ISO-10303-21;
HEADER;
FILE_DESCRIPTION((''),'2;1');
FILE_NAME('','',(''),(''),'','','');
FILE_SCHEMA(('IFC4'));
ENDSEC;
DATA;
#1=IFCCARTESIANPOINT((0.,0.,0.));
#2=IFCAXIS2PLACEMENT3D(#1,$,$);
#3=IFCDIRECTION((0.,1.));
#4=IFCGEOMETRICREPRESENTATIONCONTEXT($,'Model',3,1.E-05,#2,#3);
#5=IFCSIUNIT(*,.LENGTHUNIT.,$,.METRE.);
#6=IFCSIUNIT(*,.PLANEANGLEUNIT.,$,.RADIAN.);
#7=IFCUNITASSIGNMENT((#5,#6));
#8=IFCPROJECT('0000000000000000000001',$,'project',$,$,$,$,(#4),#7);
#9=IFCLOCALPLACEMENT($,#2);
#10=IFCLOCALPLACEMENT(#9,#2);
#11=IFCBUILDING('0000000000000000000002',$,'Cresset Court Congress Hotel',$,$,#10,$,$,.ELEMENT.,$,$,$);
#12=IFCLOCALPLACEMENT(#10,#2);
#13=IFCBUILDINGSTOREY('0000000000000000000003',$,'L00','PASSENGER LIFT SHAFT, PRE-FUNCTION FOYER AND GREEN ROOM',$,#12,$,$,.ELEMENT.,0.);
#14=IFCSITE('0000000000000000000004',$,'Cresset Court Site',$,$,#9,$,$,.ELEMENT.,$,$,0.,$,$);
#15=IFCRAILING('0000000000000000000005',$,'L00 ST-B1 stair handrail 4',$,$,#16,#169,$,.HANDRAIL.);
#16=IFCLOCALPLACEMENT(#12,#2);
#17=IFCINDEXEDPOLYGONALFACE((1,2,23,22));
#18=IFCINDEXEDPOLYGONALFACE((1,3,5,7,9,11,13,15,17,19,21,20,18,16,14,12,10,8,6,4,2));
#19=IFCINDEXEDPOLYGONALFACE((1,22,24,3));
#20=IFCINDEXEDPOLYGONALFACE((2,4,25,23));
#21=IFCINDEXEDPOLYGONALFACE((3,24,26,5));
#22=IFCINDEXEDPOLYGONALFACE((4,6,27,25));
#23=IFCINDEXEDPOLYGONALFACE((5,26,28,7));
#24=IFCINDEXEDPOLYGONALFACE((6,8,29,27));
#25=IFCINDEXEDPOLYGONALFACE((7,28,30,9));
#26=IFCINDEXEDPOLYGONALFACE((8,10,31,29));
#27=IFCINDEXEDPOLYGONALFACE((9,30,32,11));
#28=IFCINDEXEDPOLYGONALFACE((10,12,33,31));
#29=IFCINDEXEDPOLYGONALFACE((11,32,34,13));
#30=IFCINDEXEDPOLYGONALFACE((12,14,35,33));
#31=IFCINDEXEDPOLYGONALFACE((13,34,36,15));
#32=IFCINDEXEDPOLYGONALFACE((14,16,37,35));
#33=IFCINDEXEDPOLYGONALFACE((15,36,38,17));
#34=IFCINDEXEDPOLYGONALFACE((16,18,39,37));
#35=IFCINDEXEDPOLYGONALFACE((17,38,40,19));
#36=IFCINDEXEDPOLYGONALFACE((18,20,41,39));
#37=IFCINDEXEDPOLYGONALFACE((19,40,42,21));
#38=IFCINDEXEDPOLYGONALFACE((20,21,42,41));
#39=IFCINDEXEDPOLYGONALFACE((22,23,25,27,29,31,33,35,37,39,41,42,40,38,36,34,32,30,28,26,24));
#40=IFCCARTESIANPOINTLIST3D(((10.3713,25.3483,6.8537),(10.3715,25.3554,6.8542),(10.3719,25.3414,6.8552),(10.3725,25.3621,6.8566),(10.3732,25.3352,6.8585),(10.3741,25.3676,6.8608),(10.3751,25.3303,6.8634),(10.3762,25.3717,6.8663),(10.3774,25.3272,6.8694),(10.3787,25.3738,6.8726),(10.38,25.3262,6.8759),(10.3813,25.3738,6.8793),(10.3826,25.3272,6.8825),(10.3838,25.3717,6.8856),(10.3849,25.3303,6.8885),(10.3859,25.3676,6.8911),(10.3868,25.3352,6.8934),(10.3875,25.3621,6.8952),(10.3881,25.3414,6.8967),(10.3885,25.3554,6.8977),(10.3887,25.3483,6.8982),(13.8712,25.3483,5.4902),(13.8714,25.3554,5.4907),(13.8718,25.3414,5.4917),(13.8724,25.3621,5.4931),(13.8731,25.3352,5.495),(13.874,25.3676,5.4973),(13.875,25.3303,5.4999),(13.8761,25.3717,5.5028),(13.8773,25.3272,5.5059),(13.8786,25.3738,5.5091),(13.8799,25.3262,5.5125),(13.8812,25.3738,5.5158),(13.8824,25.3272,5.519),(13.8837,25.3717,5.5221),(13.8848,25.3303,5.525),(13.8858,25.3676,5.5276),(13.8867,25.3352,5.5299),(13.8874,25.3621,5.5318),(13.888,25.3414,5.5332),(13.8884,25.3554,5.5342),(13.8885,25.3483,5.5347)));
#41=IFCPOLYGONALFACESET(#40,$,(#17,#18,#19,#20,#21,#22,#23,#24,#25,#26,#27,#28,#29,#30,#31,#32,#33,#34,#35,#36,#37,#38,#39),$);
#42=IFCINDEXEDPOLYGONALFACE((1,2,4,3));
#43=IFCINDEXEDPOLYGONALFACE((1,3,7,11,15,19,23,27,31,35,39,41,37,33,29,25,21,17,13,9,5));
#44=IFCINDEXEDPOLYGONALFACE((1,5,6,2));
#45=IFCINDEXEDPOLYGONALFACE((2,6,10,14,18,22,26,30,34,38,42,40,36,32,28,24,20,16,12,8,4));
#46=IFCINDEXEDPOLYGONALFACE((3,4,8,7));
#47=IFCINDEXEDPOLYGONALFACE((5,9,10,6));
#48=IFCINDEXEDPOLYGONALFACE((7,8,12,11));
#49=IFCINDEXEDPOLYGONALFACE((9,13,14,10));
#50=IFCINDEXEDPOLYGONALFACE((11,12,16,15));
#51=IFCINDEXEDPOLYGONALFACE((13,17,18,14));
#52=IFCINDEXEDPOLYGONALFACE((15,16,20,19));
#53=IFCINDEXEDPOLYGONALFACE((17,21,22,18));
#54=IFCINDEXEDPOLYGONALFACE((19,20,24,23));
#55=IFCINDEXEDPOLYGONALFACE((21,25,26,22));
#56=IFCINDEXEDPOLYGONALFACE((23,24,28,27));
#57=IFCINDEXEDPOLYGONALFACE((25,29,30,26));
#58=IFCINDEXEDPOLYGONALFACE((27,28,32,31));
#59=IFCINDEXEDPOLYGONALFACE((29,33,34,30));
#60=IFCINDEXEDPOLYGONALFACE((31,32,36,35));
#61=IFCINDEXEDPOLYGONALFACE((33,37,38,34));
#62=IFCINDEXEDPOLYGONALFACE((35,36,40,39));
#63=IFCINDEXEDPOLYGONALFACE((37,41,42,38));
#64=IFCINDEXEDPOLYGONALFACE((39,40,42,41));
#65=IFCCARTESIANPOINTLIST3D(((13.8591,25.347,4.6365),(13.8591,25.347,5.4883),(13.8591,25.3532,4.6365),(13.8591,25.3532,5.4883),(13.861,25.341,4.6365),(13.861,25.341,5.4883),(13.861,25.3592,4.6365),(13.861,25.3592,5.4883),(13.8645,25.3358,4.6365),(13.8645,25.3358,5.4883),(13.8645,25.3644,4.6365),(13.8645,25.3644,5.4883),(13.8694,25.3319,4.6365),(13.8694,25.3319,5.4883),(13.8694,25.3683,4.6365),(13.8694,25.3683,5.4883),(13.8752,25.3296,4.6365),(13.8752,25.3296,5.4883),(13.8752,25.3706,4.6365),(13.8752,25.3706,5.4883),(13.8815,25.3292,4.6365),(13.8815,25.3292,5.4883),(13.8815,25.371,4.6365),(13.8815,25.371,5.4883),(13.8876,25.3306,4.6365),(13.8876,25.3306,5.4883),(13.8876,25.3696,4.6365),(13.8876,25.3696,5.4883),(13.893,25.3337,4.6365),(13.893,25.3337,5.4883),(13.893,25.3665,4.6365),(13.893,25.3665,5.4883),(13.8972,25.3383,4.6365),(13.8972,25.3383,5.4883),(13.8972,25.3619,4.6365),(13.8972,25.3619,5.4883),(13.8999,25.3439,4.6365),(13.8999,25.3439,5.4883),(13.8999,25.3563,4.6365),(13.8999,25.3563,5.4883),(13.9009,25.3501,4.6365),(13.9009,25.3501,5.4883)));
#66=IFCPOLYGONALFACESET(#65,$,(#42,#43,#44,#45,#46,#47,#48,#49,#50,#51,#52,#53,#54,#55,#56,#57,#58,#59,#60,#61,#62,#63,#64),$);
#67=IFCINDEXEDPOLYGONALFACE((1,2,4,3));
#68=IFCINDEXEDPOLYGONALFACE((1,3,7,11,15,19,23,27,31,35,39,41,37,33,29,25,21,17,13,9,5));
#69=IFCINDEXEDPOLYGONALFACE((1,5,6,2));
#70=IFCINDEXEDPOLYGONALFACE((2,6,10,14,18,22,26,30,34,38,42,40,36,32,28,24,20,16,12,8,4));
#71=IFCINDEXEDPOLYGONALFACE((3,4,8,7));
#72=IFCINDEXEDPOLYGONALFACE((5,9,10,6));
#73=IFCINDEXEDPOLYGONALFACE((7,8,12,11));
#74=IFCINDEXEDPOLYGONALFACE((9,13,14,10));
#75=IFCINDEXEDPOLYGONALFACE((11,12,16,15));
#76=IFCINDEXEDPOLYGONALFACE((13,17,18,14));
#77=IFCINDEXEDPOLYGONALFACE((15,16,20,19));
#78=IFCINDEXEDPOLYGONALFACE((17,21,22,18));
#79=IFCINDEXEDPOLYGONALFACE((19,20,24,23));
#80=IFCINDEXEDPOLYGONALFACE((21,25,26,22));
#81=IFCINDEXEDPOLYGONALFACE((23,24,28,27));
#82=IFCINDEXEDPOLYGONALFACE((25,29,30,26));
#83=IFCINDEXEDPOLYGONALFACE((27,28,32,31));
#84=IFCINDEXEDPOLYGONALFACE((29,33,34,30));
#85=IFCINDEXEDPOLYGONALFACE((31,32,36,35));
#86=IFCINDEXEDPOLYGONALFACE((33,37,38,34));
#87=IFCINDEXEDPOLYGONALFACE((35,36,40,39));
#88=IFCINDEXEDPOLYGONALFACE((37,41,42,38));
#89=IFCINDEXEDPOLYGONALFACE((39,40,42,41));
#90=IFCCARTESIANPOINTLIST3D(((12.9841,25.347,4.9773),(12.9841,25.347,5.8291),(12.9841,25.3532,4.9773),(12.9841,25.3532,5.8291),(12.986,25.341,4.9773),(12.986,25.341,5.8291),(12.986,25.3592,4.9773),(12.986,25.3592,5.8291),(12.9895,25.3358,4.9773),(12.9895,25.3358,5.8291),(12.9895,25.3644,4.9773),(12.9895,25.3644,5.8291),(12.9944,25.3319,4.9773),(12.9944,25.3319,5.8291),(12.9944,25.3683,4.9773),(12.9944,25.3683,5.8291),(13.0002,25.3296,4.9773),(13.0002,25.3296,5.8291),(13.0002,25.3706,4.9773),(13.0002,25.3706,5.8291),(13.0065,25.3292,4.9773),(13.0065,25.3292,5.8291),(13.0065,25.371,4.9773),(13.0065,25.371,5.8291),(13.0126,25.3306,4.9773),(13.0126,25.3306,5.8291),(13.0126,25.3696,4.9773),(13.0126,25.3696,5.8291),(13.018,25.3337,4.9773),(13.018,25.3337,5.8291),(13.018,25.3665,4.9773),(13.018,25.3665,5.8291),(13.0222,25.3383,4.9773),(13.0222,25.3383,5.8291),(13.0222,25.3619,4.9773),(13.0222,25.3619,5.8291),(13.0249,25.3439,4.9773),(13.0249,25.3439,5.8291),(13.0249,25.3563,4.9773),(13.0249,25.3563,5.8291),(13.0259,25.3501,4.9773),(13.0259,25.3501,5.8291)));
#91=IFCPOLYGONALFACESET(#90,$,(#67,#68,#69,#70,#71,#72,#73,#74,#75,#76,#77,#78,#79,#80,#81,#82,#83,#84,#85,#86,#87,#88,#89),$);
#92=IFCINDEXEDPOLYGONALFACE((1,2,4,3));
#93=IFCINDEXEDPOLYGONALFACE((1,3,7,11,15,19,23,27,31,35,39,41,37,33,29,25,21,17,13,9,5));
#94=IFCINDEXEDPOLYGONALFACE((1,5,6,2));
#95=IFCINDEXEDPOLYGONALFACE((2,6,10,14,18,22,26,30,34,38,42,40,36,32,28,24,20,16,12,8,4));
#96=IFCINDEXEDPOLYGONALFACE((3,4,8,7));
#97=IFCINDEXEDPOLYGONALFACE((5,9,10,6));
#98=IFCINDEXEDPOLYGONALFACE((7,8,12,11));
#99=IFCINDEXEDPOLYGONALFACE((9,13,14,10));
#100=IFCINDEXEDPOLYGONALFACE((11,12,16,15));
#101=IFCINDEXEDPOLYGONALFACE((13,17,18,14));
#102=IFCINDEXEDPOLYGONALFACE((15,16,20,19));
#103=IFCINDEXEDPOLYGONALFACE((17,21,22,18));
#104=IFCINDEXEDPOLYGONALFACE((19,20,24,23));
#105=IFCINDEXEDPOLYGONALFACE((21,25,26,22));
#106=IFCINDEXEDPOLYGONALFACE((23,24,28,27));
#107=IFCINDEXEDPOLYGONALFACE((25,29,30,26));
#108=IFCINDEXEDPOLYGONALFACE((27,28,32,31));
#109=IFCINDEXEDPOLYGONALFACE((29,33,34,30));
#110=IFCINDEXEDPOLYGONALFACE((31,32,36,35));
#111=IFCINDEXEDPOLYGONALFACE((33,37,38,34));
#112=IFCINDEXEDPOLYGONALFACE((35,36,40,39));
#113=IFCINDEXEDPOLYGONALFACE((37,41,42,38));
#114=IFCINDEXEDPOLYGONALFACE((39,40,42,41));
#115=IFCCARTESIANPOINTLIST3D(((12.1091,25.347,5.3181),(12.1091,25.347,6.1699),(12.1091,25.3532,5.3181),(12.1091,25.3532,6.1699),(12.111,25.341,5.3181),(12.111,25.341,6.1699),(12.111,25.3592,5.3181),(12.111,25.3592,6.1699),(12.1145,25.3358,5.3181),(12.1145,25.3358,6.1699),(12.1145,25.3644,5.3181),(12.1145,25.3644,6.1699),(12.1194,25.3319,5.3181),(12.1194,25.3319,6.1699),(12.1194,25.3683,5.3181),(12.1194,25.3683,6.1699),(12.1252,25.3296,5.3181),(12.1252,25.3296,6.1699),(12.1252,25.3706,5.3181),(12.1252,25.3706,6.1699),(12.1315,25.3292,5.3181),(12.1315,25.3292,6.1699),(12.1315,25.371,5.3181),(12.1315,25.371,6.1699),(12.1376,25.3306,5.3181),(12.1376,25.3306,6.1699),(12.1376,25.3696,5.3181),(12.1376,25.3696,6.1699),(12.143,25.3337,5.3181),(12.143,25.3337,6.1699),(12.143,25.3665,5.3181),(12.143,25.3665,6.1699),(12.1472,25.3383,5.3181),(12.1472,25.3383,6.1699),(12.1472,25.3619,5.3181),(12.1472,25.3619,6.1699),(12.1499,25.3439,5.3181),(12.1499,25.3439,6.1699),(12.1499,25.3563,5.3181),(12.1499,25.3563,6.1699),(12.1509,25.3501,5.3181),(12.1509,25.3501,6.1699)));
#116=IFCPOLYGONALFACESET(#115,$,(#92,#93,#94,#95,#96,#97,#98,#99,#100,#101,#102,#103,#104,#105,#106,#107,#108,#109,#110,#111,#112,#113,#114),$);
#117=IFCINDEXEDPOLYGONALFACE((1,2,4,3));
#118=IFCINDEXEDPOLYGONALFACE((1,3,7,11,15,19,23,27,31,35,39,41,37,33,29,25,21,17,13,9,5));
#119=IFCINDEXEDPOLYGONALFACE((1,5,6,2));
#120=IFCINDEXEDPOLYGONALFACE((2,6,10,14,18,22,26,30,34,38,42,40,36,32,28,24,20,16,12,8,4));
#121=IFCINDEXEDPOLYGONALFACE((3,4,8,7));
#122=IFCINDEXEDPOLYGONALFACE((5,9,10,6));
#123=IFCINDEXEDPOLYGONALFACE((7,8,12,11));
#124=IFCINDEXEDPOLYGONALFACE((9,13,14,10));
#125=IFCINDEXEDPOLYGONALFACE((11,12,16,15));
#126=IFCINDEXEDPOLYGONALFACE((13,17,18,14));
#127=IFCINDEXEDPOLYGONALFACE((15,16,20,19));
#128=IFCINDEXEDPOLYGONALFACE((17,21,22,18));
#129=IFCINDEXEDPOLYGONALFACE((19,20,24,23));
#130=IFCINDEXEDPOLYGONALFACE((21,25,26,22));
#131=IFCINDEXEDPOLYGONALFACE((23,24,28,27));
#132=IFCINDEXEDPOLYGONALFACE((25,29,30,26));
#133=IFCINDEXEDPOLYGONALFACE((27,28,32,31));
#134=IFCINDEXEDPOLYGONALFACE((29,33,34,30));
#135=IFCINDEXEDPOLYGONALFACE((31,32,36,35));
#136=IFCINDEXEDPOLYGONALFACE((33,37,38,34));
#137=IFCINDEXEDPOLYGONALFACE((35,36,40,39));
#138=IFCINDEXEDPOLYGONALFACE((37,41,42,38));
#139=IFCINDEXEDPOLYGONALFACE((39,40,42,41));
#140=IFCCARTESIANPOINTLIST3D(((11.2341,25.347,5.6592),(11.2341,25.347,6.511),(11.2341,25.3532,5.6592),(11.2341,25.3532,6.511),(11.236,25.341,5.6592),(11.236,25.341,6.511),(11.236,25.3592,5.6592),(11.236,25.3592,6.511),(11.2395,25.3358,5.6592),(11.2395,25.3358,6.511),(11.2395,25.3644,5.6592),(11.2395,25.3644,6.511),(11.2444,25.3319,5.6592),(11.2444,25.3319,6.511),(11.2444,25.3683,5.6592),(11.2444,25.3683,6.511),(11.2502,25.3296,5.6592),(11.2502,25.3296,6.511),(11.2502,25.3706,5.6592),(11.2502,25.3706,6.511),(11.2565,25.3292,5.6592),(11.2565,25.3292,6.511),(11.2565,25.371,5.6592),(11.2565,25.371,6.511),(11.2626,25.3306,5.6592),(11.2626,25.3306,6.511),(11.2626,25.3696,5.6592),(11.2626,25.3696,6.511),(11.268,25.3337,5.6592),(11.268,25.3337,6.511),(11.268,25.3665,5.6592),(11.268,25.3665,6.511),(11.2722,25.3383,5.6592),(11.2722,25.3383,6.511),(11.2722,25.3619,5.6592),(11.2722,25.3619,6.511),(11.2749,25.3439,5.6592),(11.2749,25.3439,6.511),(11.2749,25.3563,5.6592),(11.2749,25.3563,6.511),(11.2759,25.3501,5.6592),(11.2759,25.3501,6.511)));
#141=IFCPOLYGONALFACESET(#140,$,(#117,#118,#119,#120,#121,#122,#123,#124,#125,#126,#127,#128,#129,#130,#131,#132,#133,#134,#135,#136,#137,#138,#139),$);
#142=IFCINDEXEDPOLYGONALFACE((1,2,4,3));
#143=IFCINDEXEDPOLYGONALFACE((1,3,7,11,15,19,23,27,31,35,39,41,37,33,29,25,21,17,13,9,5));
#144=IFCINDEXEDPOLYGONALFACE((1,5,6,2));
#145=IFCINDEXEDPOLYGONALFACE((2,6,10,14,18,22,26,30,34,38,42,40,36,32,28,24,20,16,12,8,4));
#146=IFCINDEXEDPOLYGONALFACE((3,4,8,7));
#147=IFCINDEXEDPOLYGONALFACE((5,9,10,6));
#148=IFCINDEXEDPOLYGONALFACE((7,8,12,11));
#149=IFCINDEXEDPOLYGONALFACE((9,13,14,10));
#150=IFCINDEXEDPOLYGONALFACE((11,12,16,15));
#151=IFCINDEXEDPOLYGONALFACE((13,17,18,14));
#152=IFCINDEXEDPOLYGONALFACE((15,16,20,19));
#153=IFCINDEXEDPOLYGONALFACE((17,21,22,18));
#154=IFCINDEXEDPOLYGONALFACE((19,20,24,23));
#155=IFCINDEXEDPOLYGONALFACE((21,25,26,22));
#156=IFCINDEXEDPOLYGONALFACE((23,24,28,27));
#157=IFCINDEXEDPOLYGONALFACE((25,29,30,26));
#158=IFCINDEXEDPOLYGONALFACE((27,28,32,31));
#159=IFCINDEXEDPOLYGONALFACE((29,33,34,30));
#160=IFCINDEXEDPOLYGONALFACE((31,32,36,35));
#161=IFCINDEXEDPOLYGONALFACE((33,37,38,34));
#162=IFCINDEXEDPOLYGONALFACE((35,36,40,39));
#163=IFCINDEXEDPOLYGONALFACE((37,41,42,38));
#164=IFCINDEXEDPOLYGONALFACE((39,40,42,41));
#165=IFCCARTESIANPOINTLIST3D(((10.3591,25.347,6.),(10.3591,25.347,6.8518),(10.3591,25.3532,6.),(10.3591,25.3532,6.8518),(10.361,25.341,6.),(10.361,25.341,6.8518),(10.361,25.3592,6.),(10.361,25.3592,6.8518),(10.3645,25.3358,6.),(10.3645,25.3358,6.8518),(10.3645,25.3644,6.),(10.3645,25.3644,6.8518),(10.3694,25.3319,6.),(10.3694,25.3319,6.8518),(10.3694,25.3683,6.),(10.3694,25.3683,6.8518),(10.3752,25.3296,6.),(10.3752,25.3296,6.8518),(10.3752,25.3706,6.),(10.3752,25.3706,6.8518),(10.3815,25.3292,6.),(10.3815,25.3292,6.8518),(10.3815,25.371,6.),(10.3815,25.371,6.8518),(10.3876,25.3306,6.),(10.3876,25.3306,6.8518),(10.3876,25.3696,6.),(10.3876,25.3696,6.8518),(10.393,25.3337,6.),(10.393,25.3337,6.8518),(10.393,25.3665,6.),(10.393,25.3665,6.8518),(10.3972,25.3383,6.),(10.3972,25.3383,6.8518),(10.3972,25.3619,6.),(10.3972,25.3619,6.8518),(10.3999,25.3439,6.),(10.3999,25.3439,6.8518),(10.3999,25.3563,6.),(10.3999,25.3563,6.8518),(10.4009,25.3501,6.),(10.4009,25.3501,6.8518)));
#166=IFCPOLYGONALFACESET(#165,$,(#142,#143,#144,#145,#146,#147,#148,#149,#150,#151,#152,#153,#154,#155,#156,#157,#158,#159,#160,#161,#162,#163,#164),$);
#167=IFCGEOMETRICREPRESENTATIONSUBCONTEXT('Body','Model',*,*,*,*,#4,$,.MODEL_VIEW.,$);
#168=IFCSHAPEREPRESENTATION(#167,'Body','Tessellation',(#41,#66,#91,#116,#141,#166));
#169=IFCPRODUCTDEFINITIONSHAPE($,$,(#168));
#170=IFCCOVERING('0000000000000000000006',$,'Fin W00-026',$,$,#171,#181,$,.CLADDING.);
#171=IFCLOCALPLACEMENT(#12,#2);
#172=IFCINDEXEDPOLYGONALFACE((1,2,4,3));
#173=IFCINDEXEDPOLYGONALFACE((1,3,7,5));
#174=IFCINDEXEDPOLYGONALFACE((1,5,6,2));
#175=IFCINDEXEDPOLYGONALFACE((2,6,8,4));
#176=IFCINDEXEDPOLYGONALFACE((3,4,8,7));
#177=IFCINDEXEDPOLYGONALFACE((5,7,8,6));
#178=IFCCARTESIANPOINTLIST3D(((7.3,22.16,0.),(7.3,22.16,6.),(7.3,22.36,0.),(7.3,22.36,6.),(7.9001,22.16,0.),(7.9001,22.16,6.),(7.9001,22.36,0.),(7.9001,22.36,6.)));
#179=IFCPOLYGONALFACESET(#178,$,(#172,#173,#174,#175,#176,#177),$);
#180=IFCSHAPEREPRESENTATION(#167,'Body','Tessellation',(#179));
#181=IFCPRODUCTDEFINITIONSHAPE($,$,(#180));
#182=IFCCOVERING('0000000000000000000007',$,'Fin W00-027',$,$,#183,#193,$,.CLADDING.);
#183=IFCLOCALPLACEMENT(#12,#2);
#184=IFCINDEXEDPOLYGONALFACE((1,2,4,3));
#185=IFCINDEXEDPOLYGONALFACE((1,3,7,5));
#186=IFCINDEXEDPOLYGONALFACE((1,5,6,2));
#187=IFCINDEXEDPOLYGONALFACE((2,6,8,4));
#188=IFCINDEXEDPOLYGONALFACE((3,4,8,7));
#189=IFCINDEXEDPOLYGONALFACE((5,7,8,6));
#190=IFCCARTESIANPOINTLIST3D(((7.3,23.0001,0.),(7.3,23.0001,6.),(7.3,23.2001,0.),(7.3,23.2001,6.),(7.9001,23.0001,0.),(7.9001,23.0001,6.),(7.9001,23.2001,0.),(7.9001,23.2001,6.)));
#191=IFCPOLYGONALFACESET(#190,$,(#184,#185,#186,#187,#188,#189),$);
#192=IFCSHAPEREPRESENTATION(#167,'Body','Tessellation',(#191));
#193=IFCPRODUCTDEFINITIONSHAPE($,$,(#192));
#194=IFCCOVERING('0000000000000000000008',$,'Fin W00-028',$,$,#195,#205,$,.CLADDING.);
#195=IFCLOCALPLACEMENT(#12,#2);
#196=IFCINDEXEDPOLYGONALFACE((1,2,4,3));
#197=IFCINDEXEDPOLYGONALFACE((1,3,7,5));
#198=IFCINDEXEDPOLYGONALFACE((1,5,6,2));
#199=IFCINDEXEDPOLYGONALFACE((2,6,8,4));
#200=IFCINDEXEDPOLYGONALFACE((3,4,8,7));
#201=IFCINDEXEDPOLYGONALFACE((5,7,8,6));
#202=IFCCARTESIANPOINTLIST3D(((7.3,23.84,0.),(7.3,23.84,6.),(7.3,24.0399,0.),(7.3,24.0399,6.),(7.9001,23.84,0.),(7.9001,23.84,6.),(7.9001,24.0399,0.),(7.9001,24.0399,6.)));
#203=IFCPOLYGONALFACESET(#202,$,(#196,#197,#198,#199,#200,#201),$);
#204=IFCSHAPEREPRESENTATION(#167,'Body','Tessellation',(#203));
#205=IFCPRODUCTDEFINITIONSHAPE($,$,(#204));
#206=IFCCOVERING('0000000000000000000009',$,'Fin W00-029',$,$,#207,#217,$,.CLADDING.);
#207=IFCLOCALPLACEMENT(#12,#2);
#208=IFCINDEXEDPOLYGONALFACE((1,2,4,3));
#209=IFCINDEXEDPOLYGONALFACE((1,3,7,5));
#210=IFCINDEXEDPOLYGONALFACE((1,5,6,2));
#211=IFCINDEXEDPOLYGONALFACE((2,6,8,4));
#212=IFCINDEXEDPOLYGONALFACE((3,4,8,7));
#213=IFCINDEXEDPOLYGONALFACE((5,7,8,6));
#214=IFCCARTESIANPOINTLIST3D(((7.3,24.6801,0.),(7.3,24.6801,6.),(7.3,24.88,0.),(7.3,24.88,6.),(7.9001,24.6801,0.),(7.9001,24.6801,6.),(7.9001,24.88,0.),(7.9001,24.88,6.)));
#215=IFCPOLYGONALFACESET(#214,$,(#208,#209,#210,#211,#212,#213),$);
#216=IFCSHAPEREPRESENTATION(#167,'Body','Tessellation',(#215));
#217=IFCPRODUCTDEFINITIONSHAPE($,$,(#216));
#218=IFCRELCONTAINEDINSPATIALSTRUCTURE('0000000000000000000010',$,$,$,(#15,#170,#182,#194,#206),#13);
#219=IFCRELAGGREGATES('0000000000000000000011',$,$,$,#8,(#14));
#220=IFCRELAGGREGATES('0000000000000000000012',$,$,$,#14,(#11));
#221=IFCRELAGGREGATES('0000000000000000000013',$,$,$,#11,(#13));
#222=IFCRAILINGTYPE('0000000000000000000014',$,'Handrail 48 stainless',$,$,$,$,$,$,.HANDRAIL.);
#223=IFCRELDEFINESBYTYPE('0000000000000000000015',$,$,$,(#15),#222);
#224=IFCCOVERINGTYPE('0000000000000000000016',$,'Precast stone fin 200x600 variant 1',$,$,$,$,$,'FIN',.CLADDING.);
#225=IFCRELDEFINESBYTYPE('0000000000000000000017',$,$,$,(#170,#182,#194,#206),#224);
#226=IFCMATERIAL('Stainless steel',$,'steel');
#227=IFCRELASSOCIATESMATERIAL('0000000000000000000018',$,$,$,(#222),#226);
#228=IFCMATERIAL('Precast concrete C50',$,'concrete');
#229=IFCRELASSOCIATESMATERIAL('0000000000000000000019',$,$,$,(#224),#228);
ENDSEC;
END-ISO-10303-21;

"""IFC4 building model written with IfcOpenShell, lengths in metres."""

from ifc_helpers import new_model, si_unit, direction, frame, origin, origin_2d, place, context, subcontext, project, spatial, rectangle, circle, extrude, material, type_object, element, save


model = new_model("IFC4")

# Units and contexts
model_context = context("Model", 3, precision=1e-05, world=origin(), true_north=direction((0.0, 1.0)))
body_context = subcontext(model_context, "Body", "Model", "MODEL_VIEW")
ifc_project = project(units=[si_unit("LENGTHUNIT", "METRE"), si_unit("PLANEANGLEUNIT", "RADIAN")], contexts=[model_context])

# Site, building, storey
site_placement = place(None, origin())
site = spatial("IfcSite", under=ifc_project, at=site_placement, Name="Cresset Court Site", CompositionType="ELEMENT", RefElevation=0.0)
building_placement = place(site_placement, origin())
building = spatial("IfcBuilding", under=site, at=building_placement, Name="Cresset Court Congress Hotel", CompositionType="ELEMENT")
storey_placement = place(building_placement, origin())
storey = spatial("IfcBuildingStorey", under=building, at=storey_placement, Name="L00", Description="PASSENGER LIFT SHAFT, PRE-FUNCTION FOYER AND GREEN ROOM", CompositionType="ELEMENT", Elevation=0.0)

# Railing
ifc_material_1 = material(Name="Stainless steel", Category="steel")
railing_type_1 = type_object("IfcRailingType", Name="Handrail 48 stainless", PredefinedType="HANDRAIL", material=ifc_material_1)
railing_1_placement = place(storey_placement, frame((13.8799, 25.3501, 4.6365)))
element("IfcRailing", 1, at=railing_1_placement, inside=storey, type_object=railing_type_1, Name="L00 ST-B1 stair handrail 4", PredefinedType="HANDRAIL", context=body_context, shape_type="SweptSolid", body=[
    extrude(circle(Radius=0.0239, at=origin_2d()), frame((0.0, 0.0, 0.876), z_axis=(-0.931787, 0.0, 0.363005), x_axis=(0.0, -1.0, 0.0)), (0.0, 0.0, 1.0), 3.7561),
    extrude(circle(Radius=0.021, at=origin_2d()), origin(), (0.0, 0.0, 1.0), 0.8518),
    extrude(circle(Radius=0.021, at=origin_2d()), frame((-0.875, 0.0, 0.3408)), (0.0, 0.0, 1.0), 0.8518),
    extrude(circle(Radius=0.021, at=origin_2d()), frame((-1.75, 0.0, 0.6816)), (0.0, 0.0, 1.0), 0.8518),
    extrude(circle(Radius=0.021, at=origin_2d()), frame((-2.625, 0.0, 1.0227)), (0.0, 0.0, 1.0), 0.8518),
    extrude(circle(Radius=0.021, at=origin_2d()), frame((-3.5, 0.0, 1.3635)), (0.0, 0.0, 1.0), 0.8518),
])

# Coverings
ifc_material_2 = material(Name="Precast concrete C50", Category="concrete")
covering_type = type_object("IfcCoveringType", Name="Precast stone fin 200x600 variant 1", ElementType="FIN", PredefinedType="CLADDING", material=ifc_material_2)
for number, where, z_axis, x_axis, name in (
    (2, (7.6001, 22.26, 0.0), (0.0, 0.0, 1.0), (1.0, 0.0, 0.0), "Fin W00-026"),
    (3, (7.6001, 23.1001, 0.0), (0.0, 0.0, 1.0), (1.0, 0.0, 0.0), "Fin W00-027"),
    (4, (7.6001, 23.9399, 0.0), (0.0, 0.0, 1.0), (1.0, 0.0, 0.0), "Fin W00-028"),
    (5, (7.6001, 24.78, 0.0), (0.0, 0.0, 1.0), (1.0, 0.0, 0.0), "Fin W00-029"),
):
    element("IfcCovering", number, at=place(storey_placement, frame(where, z_axis=z_axis, x_axis=x_axis)), inside=storey, type_object=covering_type, Name=name, PredefinedType="CLADDING", context=body_context, shape_type="SweptSolid", body=[
        extrude(rectangle(XDim=0.6001, YDim=0.2, at=origin_2d()), origin(), (0.0, 0.0, 1.0), 6.0),
    ])

save(model, "model.ifc")
